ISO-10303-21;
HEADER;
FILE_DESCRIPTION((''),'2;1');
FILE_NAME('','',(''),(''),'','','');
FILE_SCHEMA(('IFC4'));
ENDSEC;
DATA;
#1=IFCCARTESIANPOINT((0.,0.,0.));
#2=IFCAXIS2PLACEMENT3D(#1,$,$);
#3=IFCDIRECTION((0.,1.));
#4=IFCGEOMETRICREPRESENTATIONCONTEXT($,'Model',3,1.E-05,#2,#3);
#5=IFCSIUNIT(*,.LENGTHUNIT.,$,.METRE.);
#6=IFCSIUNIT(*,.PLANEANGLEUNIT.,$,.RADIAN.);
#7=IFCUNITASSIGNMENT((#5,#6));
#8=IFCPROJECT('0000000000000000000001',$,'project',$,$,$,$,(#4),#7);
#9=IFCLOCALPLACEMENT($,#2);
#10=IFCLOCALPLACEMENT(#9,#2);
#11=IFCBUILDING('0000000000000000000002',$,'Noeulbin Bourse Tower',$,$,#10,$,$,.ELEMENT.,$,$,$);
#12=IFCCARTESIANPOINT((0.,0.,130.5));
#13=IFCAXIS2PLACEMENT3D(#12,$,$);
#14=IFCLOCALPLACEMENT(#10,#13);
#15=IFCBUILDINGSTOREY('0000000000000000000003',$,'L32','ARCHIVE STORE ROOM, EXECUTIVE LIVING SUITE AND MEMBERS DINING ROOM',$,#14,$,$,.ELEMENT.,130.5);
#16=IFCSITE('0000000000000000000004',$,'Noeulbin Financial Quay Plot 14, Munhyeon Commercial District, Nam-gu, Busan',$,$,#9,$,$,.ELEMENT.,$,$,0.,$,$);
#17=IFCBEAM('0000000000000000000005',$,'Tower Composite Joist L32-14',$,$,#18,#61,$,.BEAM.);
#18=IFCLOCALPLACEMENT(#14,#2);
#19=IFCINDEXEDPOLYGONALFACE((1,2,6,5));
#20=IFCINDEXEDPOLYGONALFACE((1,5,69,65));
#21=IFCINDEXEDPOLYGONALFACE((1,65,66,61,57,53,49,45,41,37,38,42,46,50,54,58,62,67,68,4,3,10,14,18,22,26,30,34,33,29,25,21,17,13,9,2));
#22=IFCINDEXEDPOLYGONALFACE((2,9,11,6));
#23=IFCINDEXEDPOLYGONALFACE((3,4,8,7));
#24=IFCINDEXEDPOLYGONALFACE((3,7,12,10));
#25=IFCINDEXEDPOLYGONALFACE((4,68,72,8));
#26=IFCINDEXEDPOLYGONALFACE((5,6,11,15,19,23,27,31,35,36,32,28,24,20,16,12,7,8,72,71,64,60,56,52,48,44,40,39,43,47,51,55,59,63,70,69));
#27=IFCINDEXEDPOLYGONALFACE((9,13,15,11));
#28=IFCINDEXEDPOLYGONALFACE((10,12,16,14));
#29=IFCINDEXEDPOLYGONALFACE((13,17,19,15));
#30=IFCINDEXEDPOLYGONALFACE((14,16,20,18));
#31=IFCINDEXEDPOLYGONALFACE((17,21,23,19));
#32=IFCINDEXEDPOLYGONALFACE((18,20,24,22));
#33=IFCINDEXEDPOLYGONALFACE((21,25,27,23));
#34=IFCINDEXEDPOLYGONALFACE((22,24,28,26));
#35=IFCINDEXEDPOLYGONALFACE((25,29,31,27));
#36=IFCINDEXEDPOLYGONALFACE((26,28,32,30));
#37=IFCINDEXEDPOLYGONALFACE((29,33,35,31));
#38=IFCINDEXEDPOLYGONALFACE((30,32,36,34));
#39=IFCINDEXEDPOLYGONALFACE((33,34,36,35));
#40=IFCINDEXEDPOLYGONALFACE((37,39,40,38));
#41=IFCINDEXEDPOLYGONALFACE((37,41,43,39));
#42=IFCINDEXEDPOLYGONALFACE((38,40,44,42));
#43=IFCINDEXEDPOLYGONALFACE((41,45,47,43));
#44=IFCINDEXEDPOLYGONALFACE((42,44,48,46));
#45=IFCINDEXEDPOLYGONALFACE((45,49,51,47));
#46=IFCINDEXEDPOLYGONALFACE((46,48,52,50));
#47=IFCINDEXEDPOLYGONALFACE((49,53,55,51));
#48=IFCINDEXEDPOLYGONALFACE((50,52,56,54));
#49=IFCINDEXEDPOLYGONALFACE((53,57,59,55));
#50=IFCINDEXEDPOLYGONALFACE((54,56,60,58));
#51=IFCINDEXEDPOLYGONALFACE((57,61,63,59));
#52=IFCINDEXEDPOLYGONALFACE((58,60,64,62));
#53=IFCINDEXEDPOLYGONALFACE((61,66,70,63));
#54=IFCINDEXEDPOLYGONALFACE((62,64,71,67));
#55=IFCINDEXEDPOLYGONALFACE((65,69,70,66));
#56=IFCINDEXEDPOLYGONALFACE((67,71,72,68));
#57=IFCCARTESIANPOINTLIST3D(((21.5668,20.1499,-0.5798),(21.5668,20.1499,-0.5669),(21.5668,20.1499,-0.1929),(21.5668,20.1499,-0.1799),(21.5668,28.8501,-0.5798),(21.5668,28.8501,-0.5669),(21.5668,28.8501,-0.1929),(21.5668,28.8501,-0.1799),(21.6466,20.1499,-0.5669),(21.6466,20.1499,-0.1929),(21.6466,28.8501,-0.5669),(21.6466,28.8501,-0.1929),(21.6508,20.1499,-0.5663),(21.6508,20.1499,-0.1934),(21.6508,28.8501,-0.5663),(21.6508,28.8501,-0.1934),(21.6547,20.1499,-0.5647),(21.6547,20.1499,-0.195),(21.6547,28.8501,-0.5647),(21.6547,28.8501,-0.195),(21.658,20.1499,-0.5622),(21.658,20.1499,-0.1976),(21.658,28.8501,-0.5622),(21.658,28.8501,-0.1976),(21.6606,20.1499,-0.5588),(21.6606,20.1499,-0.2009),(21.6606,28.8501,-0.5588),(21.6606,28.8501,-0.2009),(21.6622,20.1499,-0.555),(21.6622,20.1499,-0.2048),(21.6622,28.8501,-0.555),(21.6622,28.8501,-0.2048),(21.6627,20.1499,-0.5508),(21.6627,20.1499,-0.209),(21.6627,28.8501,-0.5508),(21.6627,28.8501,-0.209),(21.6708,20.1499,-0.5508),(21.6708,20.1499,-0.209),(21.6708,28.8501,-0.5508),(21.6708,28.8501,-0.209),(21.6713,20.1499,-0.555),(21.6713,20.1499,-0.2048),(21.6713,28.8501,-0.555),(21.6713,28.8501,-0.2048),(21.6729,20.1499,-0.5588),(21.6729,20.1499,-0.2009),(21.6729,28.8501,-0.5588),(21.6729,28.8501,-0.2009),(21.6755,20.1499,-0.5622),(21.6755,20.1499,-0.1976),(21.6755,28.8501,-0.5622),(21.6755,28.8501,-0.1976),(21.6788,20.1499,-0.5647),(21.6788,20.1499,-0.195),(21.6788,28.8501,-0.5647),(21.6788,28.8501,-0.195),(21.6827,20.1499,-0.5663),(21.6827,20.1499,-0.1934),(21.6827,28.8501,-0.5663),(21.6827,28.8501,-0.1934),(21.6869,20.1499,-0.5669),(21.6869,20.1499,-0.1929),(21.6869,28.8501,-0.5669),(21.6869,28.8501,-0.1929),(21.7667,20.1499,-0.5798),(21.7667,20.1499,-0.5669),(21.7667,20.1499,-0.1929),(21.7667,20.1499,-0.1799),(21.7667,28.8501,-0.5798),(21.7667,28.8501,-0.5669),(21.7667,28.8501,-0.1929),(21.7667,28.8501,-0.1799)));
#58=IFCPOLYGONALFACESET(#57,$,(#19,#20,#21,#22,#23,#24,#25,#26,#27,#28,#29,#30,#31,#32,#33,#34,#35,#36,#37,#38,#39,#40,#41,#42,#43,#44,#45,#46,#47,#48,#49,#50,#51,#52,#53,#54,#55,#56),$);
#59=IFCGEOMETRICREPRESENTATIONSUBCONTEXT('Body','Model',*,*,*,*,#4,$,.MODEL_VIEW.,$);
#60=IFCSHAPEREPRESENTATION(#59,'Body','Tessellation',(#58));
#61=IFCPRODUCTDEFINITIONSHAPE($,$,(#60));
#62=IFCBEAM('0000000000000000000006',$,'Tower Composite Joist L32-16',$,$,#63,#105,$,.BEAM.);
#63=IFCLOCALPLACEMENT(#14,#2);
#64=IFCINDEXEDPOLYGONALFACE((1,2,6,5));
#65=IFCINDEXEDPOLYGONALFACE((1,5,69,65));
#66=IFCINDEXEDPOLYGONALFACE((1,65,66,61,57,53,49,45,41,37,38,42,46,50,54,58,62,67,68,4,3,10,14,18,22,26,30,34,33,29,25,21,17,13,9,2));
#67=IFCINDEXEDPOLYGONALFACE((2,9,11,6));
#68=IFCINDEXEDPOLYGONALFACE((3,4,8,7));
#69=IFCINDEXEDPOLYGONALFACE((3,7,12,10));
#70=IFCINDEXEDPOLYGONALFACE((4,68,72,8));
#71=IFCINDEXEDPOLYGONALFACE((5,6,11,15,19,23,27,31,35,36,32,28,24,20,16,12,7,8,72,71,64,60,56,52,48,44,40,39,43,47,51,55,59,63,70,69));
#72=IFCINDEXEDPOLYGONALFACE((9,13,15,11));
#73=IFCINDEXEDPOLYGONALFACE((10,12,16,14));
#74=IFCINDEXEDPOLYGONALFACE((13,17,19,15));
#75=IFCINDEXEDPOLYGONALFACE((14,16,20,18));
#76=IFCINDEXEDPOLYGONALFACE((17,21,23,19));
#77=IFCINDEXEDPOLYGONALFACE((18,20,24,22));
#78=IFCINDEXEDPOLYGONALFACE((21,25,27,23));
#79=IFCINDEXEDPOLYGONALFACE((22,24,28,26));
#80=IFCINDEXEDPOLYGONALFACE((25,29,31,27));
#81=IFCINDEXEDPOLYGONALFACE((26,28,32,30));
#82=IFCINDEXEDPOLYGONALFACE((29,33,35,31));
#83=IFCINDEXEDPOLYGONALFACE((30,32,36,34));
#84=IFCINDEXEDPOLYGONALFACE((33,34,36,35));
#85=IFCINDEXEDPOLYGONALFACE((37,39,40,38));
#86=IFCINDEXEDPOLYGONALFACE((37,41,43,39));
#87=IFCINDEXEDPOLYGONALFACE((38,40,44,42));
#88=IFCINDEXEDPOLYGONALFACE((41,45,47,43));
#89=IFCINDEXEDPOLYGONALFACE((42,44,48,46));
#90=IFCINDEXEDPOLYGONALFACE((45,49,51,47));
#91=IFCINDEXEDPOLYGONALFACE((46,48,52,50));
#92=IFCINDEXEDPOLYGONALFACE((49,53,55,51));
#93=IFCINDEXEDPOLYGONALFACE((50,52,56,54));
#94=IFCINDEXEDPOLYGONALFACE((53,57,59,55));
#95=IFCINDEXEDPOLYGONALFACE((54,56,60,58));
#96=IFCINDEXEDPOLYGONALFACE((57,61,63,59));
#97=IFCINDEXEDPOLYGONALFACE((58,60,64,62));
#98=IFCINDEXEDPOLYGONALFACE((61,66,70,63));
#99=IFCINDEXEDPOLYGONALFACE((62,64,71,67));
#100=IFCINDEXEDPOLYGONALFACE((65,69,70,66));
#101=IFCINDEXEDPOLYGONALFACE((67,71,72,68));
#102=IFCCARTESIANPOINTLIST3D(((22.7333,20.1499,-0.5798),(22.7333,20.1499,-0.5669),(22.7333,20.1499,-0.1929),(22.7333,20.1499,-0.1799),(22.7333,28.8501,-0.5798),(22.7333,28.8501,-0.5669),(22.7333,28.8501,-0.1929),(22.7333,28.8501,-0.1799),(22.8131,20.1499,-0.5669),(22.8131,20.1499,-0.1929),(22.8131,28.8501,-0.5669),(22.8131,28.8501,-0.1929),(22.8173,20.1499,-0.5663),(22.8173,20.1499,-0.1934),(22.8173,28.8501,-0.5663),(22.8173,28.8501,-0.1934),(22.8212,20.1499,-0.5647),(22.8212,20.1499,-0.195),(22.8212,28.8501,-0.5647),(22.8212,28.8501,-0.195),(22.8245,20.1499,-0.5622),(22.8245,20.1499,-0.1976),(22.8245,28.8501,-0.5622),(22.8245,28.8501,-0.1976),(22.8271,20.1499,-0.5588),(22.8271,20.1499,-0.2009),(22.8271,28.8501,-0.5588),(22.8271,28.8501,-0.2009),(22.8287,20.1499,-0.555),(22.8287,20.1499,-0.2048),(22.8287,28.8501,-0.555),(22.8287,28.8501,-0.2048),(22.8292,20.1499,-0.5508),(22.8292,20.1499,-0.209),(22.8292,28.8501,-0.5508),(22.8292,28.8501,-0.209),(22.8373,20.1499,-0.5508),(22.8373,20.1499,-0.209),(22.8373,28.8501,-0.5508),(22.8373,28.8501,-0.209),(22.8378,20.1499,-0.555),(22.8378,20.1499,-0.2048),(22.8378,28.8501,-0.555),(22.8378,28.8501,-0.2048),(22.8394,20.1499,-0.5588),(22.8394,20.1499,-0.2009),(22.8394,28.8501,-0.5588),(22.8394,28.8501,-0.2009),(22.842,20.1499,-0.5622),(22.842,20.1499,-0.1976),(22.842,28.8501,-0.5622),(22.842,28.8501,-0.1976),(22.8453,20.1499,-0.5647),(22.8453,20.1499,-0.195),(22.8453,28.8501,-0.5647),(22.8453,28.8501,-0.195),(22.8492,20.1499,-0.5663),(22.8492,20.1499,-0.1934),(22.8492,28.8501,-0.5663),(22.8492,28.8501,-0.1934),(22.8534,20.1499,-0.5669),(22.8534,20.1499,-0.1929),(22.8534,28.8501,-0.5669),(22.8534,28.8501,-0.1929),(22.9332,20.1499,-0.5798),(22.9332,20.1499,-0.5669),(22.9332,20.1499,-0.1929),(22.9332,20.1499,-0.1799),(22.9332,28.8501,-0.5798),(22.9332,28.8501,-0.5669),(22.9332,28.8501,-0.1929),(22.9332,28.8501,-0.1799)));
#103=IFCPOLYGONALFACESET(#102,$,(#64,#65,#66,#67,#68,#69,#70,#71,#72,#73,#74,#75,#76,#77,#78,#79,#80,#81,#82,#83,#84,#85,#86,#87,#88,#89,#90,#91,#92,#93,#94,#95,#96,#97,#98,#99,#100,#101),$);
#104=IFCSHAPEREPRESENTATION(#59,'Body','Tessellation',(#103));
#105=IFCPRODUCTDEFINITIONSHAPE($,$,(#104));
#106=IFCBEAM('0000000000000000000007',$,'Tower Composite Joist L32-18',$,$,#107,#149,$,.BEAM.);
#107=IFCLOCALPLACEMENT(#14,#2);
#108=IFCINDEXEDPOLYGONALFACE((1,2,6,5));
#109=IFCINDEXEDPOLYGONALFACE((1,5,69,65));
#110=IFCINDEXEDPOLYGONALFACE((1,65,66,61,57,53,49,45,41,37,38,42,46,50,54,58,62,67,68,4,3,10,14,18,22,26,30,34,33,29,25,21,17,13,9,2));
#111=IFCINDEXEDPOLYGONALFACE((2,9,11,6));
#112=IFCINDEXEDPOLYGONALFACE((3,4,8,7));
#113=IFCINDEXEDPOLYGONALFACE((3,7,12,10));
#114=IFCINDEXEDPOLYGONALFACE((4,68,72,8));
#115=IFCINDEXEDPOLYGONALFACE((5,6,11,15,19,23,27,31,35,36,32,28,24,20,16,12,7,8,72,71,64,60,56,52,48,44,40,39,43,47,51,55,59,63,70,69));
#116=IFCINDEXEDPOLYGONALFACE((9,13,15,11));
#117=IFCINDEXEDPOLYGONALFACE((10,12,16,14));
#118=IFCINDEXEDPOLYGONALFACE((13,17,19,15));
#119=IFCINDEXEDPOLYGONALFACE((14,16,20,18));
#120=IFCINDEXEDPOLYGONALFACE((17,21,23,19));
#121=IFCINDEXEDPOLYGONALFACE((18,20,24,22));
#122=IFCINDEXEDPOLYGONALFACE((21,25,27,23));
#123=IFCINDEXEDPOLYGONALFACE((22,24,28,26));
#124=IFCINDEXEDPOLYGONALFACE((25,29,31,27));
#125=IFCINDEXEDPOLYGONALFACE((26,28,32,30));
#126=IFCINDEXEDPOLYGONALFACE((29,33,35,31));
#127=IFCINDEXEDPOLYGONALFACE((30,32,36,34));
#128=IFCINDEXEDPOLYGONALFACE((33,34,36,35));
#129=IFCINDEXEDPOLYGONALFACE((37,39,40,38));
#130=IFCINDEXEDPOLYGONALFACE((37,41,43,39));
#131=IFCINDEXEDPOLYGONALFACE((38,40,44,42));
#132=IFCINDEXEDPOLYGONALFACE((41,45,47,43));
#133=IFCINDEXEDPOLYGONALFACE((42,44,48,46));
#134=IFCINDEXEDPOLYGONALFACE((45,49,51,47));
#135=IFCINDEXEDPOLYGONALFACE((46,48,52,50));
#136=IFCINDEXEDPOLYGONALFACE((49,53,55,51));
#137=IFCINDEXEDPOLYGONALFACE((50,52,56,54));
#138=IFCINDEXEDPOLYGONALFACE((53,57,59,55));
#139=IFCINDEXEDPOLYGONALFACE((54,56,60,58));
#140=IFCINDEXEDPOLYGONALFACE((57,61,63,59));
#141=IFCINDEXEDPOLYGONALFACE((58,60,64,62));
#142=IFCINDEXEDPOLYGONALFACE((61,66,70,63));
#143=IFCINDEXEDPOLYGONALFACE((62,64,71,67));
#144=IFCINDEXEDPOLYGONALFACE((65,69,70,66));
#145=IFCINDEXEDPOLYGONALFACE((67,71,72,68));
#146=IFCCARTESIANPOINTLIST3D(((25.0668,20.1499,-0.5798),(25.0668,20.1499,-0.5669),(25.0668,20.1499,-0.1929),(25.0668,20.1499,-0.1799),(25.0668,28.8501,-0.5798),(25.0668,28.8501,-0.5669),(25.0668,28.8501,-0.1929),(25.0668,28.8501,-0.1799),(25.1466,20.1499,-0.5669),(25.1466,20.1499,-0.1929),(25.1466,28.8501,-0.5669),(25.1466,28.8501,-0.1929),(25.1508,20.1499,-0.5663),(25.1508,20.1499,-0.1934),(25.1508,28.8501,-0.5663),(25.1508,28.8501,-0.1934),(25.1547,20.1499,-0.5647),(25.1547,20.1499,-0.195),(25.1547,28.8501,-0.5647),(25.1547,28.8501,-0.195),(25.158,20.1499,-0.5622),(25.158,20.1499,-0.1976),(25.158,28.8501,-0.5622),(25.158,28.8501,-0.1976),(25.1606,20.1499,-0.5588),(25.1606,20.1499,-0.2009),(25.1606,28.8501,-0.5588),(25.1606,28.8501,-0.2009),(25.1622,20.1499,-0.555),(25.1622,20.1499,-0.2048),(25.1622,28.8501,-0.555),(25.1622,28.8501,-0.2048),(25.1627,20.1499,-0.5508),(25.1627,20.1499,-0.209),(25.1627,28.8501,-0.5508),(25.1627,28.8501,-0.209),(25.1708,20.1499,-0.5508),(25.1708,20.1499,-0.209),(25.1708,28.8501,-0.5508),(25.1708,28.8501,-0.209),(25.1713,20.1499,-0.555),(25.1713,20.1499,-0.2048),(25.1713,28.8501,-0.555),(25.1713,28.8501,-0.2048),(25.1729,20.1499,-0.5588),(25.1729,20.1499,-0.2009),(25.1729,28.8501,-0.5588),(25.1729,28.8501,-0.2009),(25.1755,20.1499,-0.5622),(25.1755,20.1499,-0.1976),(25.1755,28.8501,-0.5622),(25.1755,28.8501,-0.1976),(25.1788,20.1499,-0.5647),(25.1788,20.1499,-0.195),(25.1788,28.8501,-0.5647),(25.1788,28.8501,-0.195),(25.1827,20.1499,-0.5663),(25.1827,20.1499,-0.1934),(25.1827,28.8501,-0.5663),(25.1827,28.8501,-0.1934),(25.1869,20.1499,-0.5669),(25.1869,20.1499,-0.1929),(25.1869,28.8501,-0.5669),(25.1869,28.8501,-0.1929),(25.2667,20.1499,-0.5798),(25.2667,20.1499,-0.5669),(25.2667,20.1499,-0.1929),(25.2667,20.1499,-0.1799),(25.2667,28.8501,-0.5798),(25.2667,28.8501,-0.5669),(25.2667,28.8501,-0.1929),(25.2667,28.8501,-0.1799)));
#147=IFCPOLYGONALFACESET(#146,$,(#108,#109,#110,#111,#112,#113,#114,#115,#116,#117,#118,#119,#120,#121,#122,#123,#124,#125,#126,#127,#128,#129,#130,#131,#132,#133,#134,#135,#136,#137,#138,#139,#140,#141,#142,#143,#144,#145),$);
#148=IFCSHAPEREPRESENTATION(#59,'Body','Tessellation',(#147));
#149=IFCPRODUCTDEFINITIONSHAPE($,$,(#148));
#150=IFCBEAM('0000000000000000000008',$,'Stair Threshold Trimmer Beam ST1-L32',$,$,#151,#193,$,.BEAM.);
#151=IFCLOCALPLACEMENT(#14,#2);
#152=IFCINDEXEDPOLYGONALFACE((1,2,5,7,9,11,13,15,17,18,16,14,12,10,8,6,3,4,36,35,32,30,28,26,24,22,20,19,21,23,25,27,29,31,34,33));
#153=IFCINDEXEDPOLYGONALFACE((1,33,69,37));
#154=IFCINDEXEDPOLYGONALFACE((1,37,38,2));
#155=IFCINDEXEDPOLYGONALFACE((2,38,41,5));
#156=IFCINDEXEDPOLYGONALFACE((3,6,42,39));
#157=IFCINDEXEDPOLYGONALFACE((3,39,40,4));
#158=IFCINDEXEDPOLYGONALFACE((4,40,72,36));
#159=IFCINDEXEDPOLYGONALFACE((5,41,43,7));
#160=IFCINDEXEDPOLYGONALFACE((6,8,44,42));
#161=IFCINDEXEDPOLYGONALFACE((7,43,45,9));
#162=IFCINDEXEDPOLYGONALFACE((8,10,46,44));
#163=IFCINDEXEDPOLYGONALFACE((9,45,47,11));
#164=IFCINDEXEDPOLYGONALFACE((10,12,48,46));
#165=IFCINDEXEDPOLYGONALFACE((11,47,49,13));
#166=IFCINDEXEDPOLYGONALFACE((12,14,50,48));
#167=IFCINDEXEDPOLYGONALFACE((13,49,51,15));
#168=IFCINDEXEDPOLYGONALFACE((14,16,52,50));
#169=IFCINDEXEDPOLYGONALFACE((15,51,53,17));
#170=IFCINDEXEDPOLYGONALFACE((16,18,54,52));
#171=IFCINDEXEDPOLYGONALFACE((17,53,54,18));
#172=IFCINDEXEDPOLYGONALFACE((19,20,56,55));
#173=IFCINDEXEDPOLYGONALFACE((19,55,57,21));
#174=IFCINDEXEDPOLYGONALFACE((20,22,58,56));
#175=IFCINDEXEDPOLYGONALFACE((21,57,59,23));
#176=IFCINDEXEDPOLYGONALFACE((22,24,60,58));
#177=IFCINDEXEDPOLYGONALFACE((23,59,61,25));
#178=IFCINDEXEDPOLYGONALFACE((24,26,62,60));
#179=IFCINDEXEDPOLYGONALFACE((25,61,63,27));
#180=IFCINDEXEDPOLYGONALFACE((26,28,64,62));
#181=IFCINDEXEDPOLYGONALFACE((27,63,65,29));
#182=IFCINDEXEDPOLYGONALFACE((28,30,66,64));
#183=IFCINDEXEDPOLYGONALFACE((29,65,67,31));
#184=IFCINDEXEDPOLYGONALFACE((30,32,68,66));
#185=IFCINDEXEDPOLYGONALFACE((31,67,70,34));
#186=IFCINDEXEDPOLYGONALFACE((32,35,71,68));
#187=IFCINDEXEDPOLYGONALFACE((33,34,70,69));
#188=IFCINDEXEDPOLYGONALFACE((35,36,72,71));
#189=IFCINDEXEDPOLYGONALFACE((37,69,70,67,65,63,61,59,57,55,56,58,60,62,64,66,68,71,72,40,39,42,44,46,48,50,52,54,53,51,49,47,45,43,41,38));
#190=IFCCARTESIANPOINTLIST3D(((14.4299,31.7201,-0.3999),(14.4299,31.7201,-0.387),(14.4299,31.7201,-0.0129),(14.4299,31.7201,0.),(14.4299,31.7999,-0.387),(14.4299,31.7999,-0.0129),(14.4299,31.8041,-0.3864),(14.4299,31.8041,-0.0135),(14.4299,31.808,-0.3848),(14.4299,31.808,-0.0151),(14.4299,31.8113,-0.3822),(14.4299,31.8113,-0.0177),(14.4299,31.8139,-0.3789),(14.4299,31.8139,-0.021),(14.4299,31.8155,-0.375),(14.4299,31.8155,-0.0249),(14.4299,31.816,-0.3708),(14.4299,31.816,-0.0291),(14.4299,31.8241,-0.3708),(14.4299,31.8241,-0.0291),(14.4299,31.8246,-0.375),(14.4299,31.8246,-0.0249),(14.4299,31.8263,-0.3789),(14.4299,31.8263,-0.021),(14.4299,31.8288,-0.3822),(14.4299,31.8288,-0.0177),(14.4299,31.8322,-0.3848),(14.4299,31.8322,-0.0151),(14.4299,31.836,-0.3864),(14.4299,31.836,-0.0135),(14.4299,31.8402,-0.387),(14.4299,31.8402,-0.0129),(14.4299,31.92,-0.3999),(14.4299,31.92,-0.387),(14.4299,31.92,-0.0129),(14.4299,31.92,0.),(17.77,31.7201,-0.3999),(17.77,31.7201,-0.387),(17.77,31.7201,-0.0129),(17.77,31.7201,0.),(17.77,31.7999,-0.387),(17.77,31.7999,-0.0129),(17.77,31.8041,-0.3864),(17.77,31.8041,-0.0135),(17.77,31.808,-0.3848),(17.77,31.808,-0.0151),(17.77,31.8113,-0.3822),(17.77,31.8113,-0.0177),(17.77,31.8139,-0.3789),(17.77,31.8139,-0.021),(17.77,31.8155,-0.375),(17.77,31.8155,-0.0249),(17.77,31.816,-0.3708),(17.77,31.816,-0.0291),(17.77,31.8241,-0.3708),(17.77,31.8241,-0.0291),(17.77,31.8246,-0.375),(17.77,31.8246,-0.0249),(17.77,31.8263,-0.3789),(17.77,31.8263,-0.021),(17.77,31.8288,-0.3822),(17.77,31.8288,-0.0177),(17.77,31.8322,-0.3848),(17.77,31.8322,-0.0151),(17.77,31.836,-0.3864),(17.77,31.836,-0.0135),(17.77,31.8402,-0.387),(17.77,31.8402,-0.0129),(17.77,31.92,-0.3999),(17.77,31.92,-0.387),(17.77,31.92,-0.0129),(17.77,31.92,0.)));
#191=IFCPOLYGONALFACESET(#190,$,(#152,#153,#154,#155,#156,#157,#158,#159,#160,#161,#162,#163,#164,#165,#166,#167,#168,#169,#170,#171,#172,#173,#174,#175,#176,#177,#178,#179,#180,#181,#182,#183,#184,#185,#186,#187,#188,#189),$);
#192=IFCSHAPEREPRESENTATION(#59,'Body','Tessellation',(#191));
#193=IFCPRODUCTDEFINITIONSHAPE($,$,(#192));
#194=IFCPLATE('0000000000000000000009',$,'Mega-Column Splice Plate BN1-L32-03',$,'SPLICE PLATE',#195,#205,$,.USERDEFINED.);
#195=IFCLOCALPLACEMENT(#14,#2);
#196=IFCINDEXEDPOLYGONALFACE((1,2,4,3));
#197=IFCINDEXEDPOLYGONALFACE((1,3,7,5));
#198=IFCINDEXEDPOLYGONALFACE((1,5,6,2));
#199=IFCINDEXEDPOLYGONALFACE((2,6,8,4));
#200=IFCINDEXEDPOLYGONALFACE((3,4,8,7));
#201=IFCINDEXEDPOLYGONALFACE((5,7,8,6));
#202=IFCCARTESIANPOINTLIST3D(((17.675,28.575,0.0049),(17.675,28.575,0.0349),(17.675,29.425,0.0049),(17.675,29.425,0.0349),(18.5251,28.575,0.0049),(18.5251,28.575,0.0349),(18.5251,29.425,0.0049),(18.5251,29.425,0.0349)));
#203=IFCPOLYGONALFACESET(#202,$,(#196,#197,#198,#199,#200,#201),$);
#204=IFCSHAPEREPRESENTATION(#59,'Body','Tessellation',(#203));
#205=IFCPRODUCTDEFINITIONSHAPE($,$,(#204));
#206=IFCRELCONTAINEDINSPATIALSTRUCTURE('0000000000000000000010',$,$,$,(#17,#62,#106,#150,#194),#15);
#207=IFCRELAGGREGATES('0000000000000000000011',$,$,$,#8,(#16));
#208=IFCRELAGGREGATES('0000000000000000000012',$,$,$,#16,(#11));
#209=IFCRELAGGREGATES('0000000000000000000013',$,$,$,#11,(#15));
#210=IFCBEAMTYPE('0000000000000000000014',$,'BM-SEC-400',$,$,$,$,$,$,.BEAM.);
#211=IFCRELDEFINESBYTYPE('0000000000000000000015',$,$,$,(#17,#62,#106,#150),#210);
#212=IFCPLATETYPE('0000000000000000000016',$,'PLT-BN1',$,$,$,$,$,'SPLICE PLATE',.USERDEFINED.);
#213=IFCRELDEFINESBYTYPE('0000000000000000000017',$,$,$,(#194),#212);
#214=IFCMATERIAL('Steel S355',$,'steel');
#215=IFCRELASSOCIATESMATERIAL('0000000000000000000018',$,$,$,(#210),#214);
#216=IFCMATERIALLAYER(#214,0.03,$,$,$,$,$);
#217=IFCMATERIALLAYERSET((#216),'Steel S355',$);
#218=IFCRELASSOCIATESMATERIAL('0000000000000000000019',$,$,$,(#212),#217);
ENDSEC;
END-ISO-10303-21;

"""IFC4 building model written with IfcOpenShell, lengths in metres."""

from ifc_helpers import new_model, si_unit, direction, frame, origin, origin_2d, place, context, subcontext, project, spatial, rectangle, i_section, extrude, material, layer, layer_set, material_profile, profile_set, type_object, element, save


model = new_model("IFC4")

# Units and contexts
model_context = context("Model", 3, precision=1e-05, world=origin(), true_north=direction((0.0, 1.0)))
body_context = subcontext(model_context, "Body", "Model", "MODEL_VIEW")
ifc_project = project(units=[si_unit("LENGTHUNIT", "METRE"), si_unit("PLANEANGLEUNIT", "RADIAN")], contexts=[model_context])

# Site, building, storey
site_placement = place(None, origin())
site = spatial("IfcSite", under=ifc_project, at=site_placement, Name="Noeulbin Financial Quay Plot 14, Munhyeon Commercial District, Nam-gu, Busan", CompositionType="ELEMENT", RefElevation=0.0)
building_placement = place(site_placement, origin())
building = spatial("IfcBuilding", under=site, at=building_placement, Name="Noeulbin Bourse Tower", CompositionType="ELEMENT")
storey_placement = place(building_placement, frame((0.0, 0.0, 130.5)))
storey = spatial("IfcBuildingStorey", under=building, at=storey_placement, Name="L32", Description="ARCHIVE STORE ROOM, EXECUTIVE LIVING SUITE AND MEMBERS DINING ROOM", CompositionType="ELEMENT", Elevation=130.5)

# Beams
ifc_material_1 = material(Name="Steel S355", Category="steel")
ifc_material_profile_1 = material_profile(ifc_material_1, i_section(OverallWidth=0.2, OverallDepth=0.3999, WebThickness=0.0081, FlangeThickness=0.0129, FilletRadius=0.0161, at=origin_2d()), Name="H-400x200x8x13", Category="LoadBearing")
ifc_profile_set_1 = profile_set([ifc_material_profile_1], Name="Steel S355")
beam_type = type_object("IfcBeamType", Name="BM-SEC-400", PredefinedType="BEAM", material=ifc_profile_set_1)
for number, where, z_axis, x_axis, name in (
    (1, (21.6667, 20.1499, -0.3799), (0.0, 1.0, 0.0), (-1.0, 0.0, 0.0), "Tower Composite Joist L32-14"),
    (2, (22.8333, 20.1499, -0.3799), (0.0, 1.0, 0.0), (-1.0, 0.0, 0.0), "Tower Composite Joist L32-16"),
    (3, (25.1667, 20.1499, -0.3799), (0.0, 1.0, 0.0), (-1.0, 0.0, 0.0), "Tower Composite Joist L32-18"),
):
    element("IfcBeam", number, at=place(storey_placement, frame(where, z_axis=z_axis, x_axis=x_axis)), inside=storey, type_object=beam_type, Name=name, PredefinedType="BEAM", context=body_context, shape_type="SweptSolid", body=[
        extrude(i_section(OverallWidth=0.2, OverallDepth=0.3999, WebThickness=0.0081, FlangeThickness=0.0129, FilletRadius=0.0161, at=origin_2d()), origin(), (0.0, 0.0, 1.0), 8.7002),
    ])
beam_placement = place(storey_placement, frame((14.4299, 31.8201, -0.2), z_axis=(1.0, 0.0, 0.0), x_axis=(0.0, 1.0, 0.0)))
element("IfcBeam", 4, at=beam_placement, inside=storey, type_object=beam_type, Name="Stair Threshold Trimmer Beam ST1-L32", PredefinedType="BEAM", context=body_context, shape_type="SweptSolid", body=[
    extrude(i_section(OverallWidth=0.2, OverallDepth=0.3999, WebThickness=0.0081, FlangeThickness=0.0129, FilletRadius=0.0161, at=origin_2d()), origin(), (0.0, 0.0, 1.0), 3.3401),
])

# Plate
ifc_layer_1 = layer(ifc_material_1, 0.03)
ifc_layer_set_1 = layer_set([ifc_layer_1], Name="Steel S355")
plate_type = type_object("IfcPlateType", Name="PLT-BN1", ElementType="SPLICE PLATE", PredefinedType="USERDEFINED", material=ifc_layer_set_1)
for number, where, z_axis, x_axis, name in (
    (5, (18.1001, 29.0, 0.0049), (0.0, 0.0, 1.0), (1.0, 0.0, 0.0), "Mega-Column Splice Plate BN1-L32-03"),
):
    element("IfcPlate", number, at=place(storey_placement, frame(where, z_axis=z_axis, x_axis=x_axis)), inside=storey, type_object=plate_type, Name=name, ObjectType="SPLICE PLATE", PredefinedType="USERDEFINED", context=body_context, shape_type="SweptSolid", body=[
        extrude(rectangle(XDim=0.8501, YDim=0.8501, at=origin_2d()), origin(), (0.0, 0.0, 1.0), 0.03),
    ])

save(model, "model.ifc")
